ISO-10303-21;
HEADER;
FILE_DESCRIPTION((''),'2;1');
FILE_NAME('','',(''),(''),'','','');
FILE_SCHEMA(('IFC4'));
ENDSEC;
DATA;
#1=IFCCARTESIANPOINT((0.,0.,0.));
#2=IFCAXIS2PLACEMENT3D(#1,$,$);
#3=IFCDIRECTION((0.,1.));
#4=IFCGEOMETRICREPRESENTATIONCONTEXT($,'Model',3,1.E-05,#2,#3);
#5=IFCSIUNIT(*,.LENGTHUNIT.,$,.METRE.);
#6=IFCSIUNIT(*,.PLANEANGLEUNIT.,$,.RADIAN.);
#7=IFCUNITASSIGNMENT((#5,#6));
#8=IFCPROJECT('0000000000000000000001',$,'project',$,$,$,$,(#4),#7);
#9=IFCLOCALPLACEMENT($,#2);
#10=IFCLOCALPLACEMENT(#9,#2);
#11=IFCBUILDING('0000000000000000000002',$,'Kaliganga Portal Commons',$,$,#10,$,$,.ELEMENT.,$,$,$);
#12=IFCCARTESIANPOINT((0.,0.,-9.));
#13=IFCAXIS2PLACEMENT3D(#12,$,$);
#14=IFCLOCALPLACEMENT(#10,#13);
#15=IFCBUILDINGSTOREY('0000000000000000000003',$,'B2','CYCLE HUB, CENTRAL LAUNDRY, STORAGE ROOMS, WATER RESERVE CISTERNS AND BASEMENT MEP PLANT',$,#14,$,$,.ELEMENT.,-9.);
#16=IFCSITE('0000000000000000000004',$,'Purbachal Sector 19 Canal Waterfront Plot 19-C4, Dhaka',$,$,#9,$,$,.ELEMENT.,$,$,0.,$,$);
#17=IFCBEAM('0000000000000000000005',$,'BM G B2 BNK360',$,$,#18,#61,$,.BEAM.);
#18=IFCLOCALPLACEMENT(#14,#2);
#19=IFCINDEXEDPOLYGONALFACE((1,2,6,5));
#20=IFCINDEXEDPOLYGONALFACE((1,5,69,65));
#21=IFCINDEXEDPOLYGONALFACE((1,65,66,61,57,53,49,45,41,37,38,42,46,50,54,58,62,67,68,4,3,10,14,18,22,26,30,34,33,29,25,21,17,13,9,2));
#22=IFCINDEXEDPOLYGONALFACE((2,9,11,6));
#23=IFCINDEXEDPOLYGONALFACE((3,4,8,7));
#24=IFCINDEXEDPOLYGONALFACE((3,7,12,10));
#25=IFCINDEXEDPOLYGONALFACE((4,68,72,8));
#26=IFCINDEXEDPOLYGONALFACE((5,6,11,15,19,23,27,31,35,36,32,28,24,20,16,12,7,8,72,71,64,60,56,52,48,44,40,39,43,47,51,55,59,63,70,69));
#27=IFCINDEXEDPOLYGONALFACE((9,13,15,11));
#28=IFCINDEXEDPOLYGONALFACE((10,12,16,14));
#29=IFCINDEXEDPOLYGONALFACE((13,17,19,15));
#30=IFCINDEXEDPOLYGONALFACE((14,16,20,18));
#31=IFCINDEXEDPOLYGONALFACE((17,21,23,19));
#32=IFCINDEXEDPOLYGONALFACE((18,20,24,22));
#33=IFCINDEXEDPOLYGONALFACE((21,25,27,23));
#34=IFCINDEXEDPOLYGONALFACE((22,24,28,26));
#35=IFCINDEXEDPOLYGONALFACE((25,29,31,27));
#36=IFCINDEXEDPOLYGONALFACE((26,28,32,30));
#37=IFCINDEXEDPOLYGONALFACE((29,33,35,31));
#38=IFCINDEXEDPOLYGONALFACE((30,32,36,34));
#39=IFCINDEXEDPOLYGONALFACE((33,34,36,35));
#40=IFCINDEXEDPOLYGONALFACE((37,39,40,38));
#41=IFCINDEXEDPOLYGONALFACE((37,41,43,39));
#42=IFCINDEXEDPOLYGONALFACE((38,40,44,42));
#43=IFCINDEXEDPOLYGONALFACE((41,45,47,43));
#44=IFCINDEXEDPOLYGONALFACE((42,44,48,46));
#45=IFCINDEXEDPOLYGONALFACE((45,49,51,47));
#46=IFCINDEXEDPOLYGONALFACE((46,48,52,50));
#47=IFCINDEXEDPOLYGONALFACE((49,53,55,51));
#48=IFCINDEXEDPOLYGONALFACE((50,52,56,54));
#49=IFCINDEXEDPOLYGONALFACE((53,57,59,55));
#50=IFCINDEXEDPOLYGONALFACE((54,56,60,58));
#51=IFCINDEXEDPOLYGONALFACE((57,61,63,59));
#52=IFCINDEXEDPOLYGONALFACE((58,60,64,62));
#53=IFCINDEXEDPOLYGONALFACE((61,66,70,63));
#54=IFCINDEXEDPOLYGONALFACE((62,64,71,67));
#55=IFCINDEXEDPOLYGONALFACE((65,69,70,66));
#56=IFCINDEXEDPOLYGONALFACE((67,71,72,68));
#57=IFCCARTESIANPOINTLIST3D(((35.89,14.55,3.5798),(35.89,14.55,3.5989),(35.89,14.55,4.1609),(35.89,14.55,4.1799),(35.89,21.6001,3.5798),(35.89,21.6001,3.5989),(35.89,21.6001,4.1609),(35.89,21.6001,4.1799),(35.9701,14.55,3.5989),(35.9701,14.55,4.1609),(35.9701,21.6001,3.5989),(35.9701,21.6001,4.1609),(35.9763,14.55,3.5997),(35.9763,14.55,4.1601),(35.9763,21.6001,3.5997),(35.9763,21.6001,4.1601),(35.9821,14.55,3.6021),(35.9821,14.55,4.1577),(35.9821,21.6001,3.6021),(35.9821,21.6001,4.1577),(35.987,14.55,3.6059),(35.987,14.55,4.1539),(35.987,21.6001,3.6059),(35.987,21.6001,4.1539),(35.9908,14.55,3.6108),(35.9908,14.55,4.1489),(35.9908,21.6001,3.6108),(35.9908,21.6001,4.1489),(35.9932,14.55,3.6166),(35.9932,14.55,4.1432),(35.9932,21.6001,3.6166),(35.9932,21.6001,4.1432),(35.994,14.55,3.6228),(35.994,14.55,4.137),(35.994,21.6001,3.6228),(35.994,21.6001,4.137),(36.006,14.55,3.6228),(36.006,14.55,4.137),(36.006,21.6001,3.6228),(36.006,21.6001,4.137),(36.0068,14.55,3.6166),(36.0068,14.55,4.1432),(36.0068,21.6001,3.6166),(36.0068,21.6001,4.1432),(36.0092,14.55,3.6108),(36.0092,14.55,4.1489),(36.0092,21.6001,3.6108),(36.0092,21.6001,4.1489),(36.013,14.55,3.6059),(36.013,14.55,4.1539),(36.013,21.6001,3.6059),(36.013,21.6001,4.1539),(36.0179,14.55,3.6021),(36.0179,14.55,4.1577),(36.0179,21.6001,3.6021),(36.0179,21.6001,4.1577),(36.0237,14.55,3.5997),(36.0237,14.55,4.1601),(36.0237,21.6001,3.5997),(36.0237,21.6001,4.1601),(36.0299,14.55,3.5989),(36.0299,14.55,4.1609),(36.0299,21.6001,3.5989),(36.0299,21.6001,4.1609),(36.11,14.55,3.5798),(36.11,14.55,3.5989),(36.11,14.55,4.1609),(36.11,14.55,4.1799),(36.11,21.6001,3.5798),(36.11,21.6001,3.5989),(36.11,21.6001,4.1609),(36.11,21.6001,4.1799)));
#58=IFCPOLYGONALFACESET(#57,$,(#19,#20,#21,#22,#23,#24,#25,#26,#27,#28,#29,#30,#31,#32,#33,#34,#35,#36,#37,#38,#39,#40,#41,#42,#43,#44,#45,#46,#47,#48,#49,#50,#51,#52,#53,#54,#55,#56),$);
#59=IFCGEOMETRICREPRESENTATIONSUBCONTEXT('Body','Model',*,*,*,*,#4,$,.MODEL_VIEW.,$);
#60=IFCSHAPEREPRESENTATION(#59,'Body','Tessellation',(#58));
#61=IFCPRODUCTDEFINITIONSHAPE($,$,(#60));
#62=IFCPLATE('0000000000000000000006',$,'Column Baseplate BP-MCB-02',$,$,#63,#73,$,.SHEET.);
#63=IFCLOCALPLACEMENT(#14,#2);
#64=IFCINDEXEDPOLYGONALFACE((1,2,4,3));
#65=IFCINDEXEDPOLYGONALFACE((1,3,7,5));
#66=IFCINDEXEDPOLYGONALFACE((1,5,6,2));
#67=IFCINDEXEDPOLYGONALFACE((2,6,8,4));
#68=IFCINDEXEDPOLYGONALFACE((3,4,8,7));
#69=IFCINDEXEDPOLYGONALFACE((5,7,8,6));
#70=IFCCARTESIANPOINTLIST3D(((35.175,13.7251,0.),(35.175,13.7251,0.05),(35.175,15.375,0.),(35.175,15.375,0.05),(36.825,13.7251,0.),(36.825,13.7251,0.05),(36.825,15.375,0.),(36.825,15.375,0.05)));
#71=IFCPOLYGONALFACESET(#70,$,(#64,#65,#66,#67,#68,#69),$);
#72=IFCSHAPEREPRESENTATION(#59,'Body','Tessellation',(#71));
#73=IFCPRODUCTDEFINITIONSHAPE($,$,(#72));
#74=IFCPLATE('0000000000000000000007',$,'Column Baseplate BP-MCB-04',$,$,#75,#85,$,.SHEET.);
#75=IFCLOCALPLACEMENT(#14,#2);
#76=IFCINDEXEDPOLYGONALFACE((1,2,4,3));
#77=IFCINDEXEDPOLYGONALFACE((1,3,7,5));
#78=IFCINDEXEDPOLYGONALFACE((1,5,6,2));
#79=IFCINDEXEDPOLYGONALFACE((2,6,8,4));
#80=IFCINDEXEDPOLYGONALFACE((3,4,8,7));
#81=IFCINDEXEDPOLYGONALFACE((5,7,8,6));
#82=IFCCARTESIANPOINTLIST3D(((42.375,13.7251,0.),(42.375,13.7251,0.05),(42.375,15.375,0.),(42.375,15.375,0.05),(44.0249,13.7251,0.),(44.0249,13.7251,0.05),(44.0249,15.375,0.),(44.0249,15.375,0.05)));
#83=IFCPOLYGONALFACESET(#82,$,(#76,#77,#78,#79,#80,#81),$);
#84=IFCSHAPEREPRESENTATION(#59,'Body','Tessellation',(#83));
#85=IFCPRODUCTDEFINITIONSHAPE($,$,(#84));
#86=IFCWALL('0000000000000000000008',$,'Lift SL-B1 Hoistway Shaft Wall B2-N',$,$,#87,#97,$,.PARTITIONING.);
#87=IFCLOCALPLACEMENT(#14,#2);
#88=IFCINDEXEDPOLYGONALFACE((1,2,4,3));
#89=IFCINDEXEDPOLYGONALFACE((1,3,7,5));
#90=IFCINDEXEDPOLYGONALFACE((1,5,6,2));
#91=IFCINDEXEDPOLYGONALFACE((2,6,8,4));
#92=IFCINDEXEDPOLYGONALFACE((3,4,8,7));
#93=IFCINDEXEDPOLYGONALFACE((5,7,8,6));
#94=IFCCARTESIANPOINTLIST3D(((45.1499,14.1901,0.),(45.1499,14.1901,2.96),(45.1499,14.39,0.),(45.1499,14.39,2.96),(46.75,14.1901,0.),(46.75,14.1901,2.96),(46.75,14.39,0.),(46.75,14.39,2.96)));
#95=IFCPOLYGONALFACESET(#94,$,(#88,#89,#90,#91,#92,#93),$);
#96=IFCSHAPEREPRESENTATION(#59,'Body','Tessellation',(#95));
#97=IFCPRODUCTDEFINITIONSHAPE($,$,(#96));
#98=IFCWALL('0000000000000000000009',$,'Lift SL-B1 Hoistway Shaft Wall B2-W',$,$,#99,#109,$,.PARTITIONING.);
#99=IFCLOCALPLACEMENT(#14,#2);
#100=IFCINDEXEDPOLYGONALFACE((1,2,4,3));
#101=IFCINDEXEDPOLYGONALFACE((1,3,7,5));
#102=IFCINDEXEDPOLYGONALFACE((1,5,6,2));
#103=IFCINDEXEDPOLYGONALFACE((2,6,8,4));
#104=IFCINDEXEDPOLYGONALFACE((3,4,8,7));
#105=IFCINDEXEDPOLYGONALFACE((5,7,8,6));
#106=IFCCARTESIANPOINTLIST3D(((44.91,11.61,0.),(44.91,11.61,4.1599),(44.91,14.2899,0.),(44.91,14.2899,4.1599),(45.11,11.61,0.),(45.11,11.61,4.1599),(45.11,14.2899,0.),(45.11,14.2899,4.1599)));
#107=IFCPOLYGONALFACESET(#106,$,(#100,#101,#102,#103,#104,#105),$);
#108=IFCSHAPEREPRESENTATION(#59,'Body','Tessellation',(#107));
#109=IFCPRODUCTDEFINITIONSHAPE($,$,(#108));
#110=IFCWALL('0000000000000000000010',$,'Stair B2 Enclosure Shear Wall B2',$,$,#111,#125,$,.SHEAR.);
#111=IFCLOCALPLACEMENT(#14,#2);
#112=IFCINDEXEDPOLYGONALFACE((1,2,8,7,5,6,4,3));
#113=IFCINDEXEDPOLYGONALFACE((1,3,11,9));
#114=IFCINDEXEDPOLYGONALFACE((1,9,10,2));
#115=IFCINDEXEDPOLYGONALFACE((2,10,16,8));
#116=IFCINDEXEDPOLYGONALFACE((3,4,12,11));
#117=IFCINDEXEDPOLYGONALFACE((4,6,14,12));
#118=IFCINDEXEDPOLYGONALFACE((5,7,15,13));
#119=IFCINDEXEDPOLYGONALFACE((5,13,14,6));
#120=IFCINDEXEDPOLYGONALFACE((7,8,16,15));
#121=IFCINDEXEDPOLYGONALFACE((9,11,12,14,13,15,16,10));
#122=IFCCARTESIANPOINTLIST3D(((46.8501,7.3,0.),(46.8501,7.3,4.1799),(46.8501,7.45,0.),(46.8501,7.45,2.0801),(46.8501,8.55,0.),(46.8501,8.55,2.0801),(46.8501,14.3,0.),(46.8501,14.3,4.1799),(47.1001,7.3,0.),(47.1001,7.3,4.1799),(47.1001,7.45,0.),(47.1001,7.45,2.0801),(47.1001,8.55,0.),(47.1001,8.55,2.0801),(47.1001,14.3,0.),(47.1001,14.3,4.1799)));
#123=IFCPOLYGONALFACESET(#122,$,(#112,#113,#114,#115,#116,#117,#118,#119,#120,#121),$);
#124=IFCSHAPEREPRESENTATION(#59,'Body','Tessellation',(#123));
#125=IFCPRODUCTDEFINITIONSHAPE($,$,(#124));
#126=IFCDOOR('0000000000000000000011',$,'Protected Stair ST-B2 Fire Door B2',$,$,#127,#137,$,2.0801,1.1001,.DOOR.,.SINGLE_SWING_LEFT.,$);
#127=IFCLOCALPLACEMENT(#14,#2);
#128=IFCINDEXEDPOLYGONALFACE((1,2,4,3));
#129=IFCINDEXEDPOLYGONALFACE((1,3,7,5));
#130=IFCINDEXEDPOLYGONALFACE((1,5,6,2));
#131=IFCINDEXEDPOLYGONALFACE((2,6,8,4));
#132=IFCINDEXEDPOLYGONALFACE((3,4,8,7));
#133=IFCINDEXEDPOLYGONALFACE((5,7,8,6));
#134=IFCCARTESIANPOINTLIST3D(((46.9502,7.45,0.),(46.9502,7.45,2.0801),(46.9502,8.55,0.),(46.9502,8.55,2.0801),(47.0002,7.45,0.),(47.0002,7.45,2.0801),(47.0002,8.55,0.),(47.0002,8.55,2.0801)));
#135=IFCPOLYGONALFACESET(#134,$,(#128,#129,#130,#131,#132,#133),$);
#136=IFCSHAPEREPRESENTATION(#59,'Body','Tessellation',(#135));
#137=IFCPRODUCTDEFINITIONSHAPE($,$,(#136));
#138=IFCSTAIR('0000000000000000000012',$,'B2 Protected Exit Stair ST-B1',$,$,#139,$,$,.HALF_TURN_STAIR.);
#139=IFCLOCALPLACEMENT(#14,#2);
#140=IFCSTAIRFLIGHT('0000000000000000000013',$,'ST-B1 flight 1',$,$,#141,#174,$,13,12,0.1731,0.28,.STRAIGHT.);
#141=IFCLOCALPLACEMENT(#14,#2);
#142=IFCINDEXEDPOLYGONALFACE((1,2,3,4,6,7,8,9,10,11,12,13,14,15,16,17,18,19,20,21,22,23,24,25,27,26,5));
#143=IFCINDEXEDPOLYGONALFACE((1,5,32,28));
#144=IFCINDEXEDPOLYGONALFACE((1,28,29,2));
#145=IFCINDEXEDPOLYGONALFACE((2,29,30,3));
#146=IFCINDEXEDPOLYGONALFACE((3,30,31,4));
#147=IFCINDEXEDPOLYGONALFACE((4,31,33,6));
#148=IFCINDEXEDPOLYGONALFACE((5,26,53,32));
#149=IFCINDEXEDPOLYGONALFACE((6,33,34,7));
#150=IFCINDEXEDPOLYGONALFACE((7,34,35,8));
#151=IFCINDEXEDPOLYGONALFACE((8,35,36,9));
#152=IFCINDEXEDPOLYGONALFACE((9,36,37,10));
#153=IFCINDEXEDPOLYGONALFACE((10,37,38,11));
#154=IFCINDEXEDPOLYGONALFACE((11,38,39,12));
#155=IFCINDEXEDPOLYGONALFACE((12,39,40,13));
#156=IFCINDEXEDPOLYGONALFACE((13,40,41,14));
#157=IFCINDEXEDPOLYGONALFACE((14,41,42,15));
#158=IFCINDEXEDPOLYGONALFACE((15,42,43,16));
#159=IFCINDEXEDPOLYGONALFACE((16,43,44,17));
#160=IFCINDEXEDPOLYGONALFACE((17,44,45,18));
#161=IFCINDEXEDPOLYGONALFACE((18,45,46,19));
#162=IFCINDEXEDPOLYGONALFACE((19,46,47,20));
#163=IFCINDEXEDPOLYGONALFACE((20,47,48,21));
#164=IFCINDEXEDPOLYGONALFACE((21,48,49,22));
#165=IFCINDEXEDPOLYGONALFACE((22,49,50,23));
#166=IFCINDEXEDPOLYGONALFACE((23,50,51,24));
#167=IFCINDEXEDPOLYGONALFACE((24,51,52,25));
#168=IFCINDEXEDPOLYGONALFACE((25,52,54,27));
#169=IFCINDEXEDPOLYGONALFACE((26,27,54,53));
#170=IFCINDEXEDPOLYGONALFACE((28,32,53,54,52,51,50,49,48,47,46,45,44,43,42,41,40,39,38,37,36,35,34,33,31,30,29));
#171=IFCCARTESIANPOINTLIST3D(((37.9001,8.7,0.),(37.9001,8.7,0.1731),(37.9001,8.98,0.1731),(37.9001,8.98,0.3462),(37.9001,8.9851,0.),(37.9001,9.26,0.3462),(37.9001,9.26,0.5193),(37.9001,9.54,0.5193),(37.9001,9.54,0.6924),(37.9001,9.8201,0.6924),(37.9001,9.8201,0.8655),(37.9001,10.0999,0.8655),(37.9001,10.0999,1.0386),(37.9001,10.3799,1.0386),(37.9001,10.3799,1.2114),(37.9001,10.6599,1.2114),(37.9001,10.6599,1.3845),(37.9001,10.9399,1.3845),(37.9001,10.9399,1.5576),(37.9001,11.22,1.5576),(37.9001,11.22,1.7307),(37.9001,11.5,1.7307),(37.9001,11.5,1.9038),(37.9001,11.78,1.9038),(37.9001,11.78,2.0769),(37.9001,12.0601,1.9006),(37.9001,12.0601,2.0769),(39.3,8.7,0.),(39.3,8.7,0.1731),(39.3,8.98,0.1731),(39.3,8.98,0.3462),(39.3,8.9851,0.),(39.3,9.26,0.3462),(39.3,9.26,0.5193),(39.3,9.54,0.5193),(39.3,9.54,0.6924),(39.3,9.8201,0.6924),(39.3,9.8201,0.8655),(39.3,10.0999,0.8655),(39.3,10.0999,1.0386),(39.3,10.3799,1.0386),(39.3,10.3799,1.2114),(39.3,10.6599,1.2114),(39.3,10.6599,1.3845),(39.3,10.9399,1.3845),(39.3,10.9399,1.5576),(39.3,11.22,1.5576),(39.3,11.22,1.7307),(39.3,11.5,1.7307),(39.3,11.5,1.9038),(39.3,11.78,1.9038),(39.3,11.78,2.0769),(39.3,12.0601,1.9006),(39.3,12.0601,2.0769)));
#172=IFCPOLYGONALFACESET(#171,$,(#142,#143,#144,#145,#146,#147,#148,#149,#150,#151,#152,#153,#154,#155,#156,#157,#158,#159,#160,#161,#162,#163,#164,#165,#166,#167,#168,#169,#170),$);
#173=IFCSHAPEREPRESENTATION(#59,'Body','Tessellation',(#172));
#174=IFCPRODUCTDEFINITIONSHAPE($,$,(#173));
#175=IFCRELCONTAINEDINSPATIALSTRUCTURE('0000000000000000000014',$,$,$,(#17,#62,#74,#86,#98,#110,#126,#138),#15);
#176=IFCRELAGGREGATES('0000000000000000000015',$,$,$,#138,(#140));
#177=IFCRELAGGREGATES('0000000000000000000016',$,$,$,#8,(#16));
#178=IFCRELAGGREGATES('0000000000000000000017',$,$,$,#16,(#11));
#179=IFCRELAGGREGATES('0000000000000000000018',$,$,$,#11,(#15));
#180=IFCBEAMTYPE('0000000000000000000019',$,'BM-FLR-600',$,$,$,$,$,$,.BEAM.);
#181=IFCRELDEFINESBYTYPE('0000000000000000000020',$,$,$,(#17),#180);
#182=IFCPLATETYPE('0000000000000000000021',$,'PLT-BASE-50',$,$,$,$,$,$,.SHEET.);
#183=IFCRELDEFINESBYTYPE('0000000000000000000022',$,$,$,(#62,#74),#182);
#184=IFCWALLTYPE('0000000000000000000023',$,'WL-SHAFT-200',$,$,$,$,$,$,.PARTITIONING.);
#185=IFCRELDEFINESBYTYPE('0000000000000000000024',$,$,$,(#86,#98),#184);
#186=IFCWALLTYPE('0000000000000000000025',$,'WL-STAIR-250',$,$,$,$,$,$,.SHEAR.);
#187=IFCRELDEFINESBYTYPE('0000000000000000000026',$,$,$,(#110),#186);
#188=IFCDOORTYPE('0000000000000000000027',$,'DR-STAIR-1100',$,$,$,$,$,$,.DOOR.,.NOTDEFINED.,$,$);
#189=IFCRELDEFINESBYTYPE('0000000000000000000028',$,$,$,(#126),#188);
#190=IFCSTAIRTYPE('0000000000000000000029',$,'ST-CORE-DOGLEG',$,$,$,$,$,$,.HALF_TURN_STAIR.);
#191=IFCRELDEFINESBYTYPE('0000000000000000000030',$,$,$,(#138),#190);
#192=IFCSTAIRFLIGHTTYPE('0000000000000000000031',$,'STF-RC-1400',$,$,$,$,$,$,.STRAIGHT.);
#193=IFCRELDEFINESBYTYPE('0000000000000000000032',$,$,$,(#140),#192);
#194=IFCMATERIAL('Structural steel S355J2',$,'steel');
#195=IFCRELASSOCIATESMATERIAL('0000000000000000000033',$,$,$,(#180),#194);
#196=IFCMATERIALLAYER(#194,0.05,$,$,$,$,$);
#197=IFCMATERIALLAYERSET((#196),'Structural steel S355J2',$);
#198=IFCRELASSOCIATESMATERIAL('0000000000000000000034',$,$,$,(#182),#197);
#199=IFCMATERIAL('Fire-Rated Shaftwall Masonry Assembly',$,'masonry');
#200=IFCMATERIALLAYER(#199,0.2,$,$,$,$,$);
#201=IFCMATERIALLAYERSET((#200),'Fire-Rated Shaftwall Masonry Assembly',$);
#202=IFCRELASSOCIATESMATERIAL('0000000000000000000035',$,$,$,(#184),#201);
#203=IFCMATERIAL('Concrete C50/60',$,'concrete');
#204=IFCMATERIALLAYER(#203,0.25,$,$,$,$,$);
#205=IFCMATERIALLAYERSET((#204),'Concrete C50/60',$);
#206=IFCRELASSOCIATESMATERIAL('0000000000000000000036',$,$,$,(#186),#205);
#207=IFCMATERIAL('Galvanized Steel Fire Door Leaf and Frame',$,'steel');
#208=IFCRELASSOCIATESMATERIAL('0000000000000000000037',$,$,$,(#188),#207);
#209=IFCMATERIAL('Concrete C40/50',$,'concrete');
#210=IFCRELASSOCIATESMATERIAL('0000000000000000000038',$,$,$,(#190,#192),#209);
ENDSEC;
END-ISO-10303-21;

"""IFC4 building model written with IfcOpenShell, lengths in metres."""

from ifc_helpers import new_model, si_unit, direction, frame, frame_2d, origin, origin_2d, place, context, subcontext, project, spatial, polyline, rectangle, i_section, outline, extrude, source, transform, mapped, material, layer, layer_set, material_profile, profile_set, type_object, element, fill, aggregate, save


model = new_model("IFC4")

# Units and contexts
model_context = context("Model", 3, precision=1e-05, world=origin(), true_north=direction((0.0, 1.0)))
body_context = subcontext(model_context, "Body", "Model", "MODEL_VIEW")
ifc_project = project(units=[si_unit("LENGTHUNIT", "METRE"), si_unit("PLANEANGLEUNIT", "RADIAN")], contexts=[model_context])

# Site, building, storey
site_placement = place(None, origin())
site = spatial("IfcSite", under=ifc_project, at=site_placement, Name="Purbachal Sector 19 Canal Waterfront Plot 19-C4, Dhaka", CompositionType="ELEMENT", RefElevation=0.0)
building_placement = place(site_placement, origin())
building = spatial("IfcBuilding", under=site, at=building_placement, Name="Kaliganga Portal Commons", CompositionType="ELEMENT")
storey_placement = place(building_placement, frame((0.0, 0.0, -9.0)))
storey = spatial("IfcBuildingStorey", under=building, at=storey_placement, Name="B2", Description="CYCLE HUB, CENTRAL LAUNDRY, STORAGE ROOMS, WATER RESERVE CISTERNS AND BASEMENT MEP PLANT", CompositionType="ELEMENT", Elevation=-9.0)

# Shared definitions
ifc_material_1 = material(Name="Concrete C50/60", Category="concrete")

# Beam
ifc_material_2 = material(Name="Structural steel S355J2", Category="steel")
ifc_material_profile_1 = material_profile(ifc_material_2, i_section(OverallWidth=0.22, OverallDepth=0.6001, WebThickness=0.012, FlangeThickness=0.019, FilletRadius=0.0239, at=origin_2d()), Name="IPE 600")
ifc_profile_set_1 = profile_set([ifc_material_profile_1], Name="Structural steel S355J2 wide-flange")
beam_type = type_object("IfcBeamType", Name="BM-FLR-600", PredefinedType="BEAM", material=ifc_profile_set_1)
shared_shape_1 = source(origin(), body_context, "Body", "SweptSolid", [
    extrude(i_section(OverallWidth=0.22, OverallDepth=0.6001, WebThickness=0.012, FlangeThickness=0.019, FilletRadius=0.0239, at=origin_2d()), origin(), (0.0, 0.0, 1.0), 7.05),
])
beam_placement = place(storey_placement, frame((36.0, 14.55, 3.8799), z_axis=(0.0, 1.0, 0.0), x_axis=(-1.0, 0.0, 0.0)))
element("IfcBeam", 1, at=beam_placement, inside=storey, type_object=beam_type, Name="BM G B2 BNK360", PredefinedType="BEAM", context=body_context, shape_type="MappedRepresentation", body=[
    mapped(shared_shape_1, transform((0.0, 0.0, 0.0), x_axis=(1.0, 0.0, 0.0), y_axis=(0.0, 1.0, 0.0), z_axis=(0.0, 0.0, 1.0), scale=1.0)),
])

# Plates
ifc_layer_1 = layer(ifc_material_2, 0.05)
ifc_layer_set_1 = layer_set([ifc_layer_1], Name="Structural steel S355J2")
plate_type = type_object("IfcPlateType", Name="PLT-BASE-50", PredefinedType="SHEET", material=ifc_layer_set_1)
shared_shape_2 = source(origin(), body_context, "Body", "SweptSolid", [
    extrude(rectangle(XDim=1.6499, YDim=1.6499, at=origin_2d()), origin(), (0.0, 0.0, 1.0), 0.05),
])
for number, where, z_axis, x_axis, name in (
    (2, (36.0, 14.55, 0.0), (0.0, 0.0, 1.0), (1.0, 0.0, 0.0), "Column Baseplate BP-MCB-02"),
    (3, (43.2, 14.55, 0.0), (0.0, 0.0, 1.0), (1.0, 0.0, 0.0), "Column Baseplate BP-MCB-04"),
):
    element("IfcPlate", number, at=place(storey_placement, frame(where, z_axis=z_axis, x_axis=x_axis)), inside=storey, type_object=plate_type, Name=name, PredefinedType="SHEET", context=body_context, shape_type="MappedRepresentation", body=[
        mapped(shared_shape_2, transform((0.0, 0.0, 0.0), x_axis=(1.0, 0.0, 0.0), y_axis=(0.0, 1.0, 0.0), z_axis=(0.0, 0.0, 1.0), scale=1.0)),
    ])

# Shared definitions
ifc_material_3 = material(Name="Fire-Rated Shaftwall Masonry Assembly", Category="masonry")
ifc_layer_2 = layer(ifc_material_3, 0.2)
ifc_layer_set_2 = layer_set([ifc_layer_2], Name="Fire-Rated Shaftwall Masonry Assembly")
wall_type_1 = type_object("IfcWallType", Name="WL-SHAFT-200", PredefinedType="PARTITIONING", material=ifc_layer_set_2)

# Walls
wall_1_placement = place(storey_placement, frame((45.1499, 14.29, 0.0), z_axis=(0.0, 0.0, 1.0), x_axis=(1.0, 0.0, 0.0)))
element("IfcWall", 4, at=wall_1_placement, inside=storey, type_object=wall_type_1, Name="Lift SL-B1 Hoistway Shaft Wall B2-N", PredefinedType="PARTITIONING", context=body_context, shape_type="SweptSolid", body=[
    extrude(rectangle(XDim=1.6001, YDim=0.2, at=frame_2d((0.8, 0.0))), origin(), (0.0, 0.0, 1.0), 2.96),
])
wall_2_placement = place(storey_placement, frame((45.01, 11.6101, 0.0), z_axis=(0.0, 0.0, 1.0), x_axis=(0.0, 1.0, 0.0)))
element("IfcWall", 5, at=wall_2_placement, inside=storey, type_object=wall_type_1, Name="Lift SL-B1 Hoistway Shaft Wall B2-W", PredefinedType="PARTITIONING", context=body_context, shape_type="SweptSolid", body=[
    extrude(rectangle(XDim=2.6799, YDim=0.2, at=frame_2d((1.3398, 0.0))), origin(), (0.0, 0.0, 1.0), 4.1599),
])

# Wall, opening, door
ifc_layer_3 = layer(ifc_material_1, 0.25)
ifc_layer_set_3 = layer_set([ifc_layer_3], Name="Concrete C50/60")
wall_type_2 = type_object("IfcWallType", Name="WL-STAIR-250", PredefinedType="SHEAR", material=ifc_layer_set_3)
wall_3_placement = place(storey_placement, frame((46.9751, 7.3, 0.0), z_axis=(0.0, 0.0, 1.0), x_axis=(0.0, 1.0, 0.0)))
wall_3 = element("IfcWall", 6, at=wall_3_placement, inside=storey, type_object=wall_type_2, Name="Stair B2 Enclosure Shear Wall B2", PredefinedType="SHEAR", context=body_context, shape_type="SweptSolid", body=[
    extrude(rectangle(XDim=7.0, YDim=0.25, at=frame_2d((3.5, 0.0))), origin(), (0.0, 0.0, 1.0), 4.1799),
])
opening_1_placement = place(wall_3_placement, frame((0.1499, 0.0, 0.0)))
opening_1 = element("IfcOpeningElement", 7, at=opening_1_placement, cuts=wall_3, PredefinedType="OPENING", context=body_context, shape_type="SweptSolid", body=[
    extrude(rectangle(XDim=1.1001, YDim=2.0801, at=frame_2d((0.55, 1.04))), frame((0.0, 0.135, 0.0), z_axis=(0.0, -1.0, 0.0), x_axis=(1.0, 0.0, 0.0)), (0.0, 0.0, 1.0), 0.27),
])
ifc_material_4 = material(Name="Galvanized Steel Fire Door Leaf and Frame", Category="steel")
door_type_1 = type_object("IfcDoorType", Name="DR-STAIR-1100", OperationType="NOTDEFINED", PredefinedType="DOOR", material=ifc_material_4)
door_1_placement = place(opening_1_placement, origin())
door_1 = element("IfcDoor", 8, at=door_1_placement, inside=storey, type_object=door_type_1, Name="Protected Stair ST-B2 Fire Door B2", OperationType="SINGLE_SWING_LEFT", OverallHeight=2.0801, OverallWidth=1.1001, PredefinedType="DOOR", context=body_context, shape_type="SweptSolid", body=[
    extrude(rectangle(XDim=1.1001, YDim=2.0801, at=frame_2d((0.55, 1.04))), frame((0.0, 0.0249, 0.0), z_axis=(0.0, -1.0, 0.0), x_axis=(1.0, 0.0, 0.0)), (0.0, 0.0, 1.0), 0.05),
])
fill(opening_1, door_1)

# Stair, stair flight
ifc_material_5 = material(Name="Concrete C40/50", Category="concrete")
stair_type = type_object("IfcStairType", Name="ST-CORE-DOGLEG", PredefinedType="HALF_TURN_STAIR", material=ifc_material_5)
stair_1_placement = place(storey_placement, origin())
stair_1 = element("IfcStair", 9, at=stair_1_placement, inside=storey, type_object=stair_type, Name="B2 Protected Exit Stair ST-B1", PredefinedType="HALF_TURN_STAIR")
stair_flight_type = type_object("IfcStairFlightType", Name="STF-RC-1400", PredefinedType="STRAIGHT", material=ifc_material_5)
stair_flight_1_placement = place(storey_placement, frame((38.6001, 8.7, 0.0), z_axis=(0.0, 0.0, 1.0), x_axis=(0.0, 1.0, 0.0)))
stair_flight_1 = element("IfcStairFlight", 10, at=stair_flight_1_placement, type_object=stair_flight_type, Name="ST-B1 flight 1", NumberOfRisers=13, NumberOfTreads=12, PredefinedType="STRAIGHT", RiserHeight=0.1731, TreadLength=0.28, context=body_context, shape_type="SweptSolid", body=[
    extrude(outline(polyline([(0.0, 0.0), (0.0, 0.1731), (0.28, 0.1731), (0.28, 0.3462), (0.5601, 0.3462), (0.5601, 0.5193), (0.8401, 0.5193), (0.8401, 0.6924), (1.1201, 0.6924), (1.1201, 0.8655), (1.3999, 0.8655), (1.3999, 1.0386), (1.6799, 1.0386), (1.6799, 1.2114), (1.96, 1.2114), (1.96, 1.3845), (2.24, 1.3845), (2.24, 1.5576), (2.52, 1.5576), (2.52, 1.7307), (2.8, 1.7307), (2.8, 1.9038), (3.0801, 1.9038), (3.0801, 2.0769), (3.3601, 2.0769), (3.3601, 2.25), (3.3601, 1.9006), (0.2852, 0.0), (0.0, 0.0)])), frame((0.0, 0.7, 0.0), z_axis=(0.0, -1.0, 0.0), x_axis=(1.0, 0.0, 0.0)), (0.0, 0.0, 1.0), 1.3999),
])
aggregate(stair_1, [stair_flight_1])

save(model, "model.ifc")
